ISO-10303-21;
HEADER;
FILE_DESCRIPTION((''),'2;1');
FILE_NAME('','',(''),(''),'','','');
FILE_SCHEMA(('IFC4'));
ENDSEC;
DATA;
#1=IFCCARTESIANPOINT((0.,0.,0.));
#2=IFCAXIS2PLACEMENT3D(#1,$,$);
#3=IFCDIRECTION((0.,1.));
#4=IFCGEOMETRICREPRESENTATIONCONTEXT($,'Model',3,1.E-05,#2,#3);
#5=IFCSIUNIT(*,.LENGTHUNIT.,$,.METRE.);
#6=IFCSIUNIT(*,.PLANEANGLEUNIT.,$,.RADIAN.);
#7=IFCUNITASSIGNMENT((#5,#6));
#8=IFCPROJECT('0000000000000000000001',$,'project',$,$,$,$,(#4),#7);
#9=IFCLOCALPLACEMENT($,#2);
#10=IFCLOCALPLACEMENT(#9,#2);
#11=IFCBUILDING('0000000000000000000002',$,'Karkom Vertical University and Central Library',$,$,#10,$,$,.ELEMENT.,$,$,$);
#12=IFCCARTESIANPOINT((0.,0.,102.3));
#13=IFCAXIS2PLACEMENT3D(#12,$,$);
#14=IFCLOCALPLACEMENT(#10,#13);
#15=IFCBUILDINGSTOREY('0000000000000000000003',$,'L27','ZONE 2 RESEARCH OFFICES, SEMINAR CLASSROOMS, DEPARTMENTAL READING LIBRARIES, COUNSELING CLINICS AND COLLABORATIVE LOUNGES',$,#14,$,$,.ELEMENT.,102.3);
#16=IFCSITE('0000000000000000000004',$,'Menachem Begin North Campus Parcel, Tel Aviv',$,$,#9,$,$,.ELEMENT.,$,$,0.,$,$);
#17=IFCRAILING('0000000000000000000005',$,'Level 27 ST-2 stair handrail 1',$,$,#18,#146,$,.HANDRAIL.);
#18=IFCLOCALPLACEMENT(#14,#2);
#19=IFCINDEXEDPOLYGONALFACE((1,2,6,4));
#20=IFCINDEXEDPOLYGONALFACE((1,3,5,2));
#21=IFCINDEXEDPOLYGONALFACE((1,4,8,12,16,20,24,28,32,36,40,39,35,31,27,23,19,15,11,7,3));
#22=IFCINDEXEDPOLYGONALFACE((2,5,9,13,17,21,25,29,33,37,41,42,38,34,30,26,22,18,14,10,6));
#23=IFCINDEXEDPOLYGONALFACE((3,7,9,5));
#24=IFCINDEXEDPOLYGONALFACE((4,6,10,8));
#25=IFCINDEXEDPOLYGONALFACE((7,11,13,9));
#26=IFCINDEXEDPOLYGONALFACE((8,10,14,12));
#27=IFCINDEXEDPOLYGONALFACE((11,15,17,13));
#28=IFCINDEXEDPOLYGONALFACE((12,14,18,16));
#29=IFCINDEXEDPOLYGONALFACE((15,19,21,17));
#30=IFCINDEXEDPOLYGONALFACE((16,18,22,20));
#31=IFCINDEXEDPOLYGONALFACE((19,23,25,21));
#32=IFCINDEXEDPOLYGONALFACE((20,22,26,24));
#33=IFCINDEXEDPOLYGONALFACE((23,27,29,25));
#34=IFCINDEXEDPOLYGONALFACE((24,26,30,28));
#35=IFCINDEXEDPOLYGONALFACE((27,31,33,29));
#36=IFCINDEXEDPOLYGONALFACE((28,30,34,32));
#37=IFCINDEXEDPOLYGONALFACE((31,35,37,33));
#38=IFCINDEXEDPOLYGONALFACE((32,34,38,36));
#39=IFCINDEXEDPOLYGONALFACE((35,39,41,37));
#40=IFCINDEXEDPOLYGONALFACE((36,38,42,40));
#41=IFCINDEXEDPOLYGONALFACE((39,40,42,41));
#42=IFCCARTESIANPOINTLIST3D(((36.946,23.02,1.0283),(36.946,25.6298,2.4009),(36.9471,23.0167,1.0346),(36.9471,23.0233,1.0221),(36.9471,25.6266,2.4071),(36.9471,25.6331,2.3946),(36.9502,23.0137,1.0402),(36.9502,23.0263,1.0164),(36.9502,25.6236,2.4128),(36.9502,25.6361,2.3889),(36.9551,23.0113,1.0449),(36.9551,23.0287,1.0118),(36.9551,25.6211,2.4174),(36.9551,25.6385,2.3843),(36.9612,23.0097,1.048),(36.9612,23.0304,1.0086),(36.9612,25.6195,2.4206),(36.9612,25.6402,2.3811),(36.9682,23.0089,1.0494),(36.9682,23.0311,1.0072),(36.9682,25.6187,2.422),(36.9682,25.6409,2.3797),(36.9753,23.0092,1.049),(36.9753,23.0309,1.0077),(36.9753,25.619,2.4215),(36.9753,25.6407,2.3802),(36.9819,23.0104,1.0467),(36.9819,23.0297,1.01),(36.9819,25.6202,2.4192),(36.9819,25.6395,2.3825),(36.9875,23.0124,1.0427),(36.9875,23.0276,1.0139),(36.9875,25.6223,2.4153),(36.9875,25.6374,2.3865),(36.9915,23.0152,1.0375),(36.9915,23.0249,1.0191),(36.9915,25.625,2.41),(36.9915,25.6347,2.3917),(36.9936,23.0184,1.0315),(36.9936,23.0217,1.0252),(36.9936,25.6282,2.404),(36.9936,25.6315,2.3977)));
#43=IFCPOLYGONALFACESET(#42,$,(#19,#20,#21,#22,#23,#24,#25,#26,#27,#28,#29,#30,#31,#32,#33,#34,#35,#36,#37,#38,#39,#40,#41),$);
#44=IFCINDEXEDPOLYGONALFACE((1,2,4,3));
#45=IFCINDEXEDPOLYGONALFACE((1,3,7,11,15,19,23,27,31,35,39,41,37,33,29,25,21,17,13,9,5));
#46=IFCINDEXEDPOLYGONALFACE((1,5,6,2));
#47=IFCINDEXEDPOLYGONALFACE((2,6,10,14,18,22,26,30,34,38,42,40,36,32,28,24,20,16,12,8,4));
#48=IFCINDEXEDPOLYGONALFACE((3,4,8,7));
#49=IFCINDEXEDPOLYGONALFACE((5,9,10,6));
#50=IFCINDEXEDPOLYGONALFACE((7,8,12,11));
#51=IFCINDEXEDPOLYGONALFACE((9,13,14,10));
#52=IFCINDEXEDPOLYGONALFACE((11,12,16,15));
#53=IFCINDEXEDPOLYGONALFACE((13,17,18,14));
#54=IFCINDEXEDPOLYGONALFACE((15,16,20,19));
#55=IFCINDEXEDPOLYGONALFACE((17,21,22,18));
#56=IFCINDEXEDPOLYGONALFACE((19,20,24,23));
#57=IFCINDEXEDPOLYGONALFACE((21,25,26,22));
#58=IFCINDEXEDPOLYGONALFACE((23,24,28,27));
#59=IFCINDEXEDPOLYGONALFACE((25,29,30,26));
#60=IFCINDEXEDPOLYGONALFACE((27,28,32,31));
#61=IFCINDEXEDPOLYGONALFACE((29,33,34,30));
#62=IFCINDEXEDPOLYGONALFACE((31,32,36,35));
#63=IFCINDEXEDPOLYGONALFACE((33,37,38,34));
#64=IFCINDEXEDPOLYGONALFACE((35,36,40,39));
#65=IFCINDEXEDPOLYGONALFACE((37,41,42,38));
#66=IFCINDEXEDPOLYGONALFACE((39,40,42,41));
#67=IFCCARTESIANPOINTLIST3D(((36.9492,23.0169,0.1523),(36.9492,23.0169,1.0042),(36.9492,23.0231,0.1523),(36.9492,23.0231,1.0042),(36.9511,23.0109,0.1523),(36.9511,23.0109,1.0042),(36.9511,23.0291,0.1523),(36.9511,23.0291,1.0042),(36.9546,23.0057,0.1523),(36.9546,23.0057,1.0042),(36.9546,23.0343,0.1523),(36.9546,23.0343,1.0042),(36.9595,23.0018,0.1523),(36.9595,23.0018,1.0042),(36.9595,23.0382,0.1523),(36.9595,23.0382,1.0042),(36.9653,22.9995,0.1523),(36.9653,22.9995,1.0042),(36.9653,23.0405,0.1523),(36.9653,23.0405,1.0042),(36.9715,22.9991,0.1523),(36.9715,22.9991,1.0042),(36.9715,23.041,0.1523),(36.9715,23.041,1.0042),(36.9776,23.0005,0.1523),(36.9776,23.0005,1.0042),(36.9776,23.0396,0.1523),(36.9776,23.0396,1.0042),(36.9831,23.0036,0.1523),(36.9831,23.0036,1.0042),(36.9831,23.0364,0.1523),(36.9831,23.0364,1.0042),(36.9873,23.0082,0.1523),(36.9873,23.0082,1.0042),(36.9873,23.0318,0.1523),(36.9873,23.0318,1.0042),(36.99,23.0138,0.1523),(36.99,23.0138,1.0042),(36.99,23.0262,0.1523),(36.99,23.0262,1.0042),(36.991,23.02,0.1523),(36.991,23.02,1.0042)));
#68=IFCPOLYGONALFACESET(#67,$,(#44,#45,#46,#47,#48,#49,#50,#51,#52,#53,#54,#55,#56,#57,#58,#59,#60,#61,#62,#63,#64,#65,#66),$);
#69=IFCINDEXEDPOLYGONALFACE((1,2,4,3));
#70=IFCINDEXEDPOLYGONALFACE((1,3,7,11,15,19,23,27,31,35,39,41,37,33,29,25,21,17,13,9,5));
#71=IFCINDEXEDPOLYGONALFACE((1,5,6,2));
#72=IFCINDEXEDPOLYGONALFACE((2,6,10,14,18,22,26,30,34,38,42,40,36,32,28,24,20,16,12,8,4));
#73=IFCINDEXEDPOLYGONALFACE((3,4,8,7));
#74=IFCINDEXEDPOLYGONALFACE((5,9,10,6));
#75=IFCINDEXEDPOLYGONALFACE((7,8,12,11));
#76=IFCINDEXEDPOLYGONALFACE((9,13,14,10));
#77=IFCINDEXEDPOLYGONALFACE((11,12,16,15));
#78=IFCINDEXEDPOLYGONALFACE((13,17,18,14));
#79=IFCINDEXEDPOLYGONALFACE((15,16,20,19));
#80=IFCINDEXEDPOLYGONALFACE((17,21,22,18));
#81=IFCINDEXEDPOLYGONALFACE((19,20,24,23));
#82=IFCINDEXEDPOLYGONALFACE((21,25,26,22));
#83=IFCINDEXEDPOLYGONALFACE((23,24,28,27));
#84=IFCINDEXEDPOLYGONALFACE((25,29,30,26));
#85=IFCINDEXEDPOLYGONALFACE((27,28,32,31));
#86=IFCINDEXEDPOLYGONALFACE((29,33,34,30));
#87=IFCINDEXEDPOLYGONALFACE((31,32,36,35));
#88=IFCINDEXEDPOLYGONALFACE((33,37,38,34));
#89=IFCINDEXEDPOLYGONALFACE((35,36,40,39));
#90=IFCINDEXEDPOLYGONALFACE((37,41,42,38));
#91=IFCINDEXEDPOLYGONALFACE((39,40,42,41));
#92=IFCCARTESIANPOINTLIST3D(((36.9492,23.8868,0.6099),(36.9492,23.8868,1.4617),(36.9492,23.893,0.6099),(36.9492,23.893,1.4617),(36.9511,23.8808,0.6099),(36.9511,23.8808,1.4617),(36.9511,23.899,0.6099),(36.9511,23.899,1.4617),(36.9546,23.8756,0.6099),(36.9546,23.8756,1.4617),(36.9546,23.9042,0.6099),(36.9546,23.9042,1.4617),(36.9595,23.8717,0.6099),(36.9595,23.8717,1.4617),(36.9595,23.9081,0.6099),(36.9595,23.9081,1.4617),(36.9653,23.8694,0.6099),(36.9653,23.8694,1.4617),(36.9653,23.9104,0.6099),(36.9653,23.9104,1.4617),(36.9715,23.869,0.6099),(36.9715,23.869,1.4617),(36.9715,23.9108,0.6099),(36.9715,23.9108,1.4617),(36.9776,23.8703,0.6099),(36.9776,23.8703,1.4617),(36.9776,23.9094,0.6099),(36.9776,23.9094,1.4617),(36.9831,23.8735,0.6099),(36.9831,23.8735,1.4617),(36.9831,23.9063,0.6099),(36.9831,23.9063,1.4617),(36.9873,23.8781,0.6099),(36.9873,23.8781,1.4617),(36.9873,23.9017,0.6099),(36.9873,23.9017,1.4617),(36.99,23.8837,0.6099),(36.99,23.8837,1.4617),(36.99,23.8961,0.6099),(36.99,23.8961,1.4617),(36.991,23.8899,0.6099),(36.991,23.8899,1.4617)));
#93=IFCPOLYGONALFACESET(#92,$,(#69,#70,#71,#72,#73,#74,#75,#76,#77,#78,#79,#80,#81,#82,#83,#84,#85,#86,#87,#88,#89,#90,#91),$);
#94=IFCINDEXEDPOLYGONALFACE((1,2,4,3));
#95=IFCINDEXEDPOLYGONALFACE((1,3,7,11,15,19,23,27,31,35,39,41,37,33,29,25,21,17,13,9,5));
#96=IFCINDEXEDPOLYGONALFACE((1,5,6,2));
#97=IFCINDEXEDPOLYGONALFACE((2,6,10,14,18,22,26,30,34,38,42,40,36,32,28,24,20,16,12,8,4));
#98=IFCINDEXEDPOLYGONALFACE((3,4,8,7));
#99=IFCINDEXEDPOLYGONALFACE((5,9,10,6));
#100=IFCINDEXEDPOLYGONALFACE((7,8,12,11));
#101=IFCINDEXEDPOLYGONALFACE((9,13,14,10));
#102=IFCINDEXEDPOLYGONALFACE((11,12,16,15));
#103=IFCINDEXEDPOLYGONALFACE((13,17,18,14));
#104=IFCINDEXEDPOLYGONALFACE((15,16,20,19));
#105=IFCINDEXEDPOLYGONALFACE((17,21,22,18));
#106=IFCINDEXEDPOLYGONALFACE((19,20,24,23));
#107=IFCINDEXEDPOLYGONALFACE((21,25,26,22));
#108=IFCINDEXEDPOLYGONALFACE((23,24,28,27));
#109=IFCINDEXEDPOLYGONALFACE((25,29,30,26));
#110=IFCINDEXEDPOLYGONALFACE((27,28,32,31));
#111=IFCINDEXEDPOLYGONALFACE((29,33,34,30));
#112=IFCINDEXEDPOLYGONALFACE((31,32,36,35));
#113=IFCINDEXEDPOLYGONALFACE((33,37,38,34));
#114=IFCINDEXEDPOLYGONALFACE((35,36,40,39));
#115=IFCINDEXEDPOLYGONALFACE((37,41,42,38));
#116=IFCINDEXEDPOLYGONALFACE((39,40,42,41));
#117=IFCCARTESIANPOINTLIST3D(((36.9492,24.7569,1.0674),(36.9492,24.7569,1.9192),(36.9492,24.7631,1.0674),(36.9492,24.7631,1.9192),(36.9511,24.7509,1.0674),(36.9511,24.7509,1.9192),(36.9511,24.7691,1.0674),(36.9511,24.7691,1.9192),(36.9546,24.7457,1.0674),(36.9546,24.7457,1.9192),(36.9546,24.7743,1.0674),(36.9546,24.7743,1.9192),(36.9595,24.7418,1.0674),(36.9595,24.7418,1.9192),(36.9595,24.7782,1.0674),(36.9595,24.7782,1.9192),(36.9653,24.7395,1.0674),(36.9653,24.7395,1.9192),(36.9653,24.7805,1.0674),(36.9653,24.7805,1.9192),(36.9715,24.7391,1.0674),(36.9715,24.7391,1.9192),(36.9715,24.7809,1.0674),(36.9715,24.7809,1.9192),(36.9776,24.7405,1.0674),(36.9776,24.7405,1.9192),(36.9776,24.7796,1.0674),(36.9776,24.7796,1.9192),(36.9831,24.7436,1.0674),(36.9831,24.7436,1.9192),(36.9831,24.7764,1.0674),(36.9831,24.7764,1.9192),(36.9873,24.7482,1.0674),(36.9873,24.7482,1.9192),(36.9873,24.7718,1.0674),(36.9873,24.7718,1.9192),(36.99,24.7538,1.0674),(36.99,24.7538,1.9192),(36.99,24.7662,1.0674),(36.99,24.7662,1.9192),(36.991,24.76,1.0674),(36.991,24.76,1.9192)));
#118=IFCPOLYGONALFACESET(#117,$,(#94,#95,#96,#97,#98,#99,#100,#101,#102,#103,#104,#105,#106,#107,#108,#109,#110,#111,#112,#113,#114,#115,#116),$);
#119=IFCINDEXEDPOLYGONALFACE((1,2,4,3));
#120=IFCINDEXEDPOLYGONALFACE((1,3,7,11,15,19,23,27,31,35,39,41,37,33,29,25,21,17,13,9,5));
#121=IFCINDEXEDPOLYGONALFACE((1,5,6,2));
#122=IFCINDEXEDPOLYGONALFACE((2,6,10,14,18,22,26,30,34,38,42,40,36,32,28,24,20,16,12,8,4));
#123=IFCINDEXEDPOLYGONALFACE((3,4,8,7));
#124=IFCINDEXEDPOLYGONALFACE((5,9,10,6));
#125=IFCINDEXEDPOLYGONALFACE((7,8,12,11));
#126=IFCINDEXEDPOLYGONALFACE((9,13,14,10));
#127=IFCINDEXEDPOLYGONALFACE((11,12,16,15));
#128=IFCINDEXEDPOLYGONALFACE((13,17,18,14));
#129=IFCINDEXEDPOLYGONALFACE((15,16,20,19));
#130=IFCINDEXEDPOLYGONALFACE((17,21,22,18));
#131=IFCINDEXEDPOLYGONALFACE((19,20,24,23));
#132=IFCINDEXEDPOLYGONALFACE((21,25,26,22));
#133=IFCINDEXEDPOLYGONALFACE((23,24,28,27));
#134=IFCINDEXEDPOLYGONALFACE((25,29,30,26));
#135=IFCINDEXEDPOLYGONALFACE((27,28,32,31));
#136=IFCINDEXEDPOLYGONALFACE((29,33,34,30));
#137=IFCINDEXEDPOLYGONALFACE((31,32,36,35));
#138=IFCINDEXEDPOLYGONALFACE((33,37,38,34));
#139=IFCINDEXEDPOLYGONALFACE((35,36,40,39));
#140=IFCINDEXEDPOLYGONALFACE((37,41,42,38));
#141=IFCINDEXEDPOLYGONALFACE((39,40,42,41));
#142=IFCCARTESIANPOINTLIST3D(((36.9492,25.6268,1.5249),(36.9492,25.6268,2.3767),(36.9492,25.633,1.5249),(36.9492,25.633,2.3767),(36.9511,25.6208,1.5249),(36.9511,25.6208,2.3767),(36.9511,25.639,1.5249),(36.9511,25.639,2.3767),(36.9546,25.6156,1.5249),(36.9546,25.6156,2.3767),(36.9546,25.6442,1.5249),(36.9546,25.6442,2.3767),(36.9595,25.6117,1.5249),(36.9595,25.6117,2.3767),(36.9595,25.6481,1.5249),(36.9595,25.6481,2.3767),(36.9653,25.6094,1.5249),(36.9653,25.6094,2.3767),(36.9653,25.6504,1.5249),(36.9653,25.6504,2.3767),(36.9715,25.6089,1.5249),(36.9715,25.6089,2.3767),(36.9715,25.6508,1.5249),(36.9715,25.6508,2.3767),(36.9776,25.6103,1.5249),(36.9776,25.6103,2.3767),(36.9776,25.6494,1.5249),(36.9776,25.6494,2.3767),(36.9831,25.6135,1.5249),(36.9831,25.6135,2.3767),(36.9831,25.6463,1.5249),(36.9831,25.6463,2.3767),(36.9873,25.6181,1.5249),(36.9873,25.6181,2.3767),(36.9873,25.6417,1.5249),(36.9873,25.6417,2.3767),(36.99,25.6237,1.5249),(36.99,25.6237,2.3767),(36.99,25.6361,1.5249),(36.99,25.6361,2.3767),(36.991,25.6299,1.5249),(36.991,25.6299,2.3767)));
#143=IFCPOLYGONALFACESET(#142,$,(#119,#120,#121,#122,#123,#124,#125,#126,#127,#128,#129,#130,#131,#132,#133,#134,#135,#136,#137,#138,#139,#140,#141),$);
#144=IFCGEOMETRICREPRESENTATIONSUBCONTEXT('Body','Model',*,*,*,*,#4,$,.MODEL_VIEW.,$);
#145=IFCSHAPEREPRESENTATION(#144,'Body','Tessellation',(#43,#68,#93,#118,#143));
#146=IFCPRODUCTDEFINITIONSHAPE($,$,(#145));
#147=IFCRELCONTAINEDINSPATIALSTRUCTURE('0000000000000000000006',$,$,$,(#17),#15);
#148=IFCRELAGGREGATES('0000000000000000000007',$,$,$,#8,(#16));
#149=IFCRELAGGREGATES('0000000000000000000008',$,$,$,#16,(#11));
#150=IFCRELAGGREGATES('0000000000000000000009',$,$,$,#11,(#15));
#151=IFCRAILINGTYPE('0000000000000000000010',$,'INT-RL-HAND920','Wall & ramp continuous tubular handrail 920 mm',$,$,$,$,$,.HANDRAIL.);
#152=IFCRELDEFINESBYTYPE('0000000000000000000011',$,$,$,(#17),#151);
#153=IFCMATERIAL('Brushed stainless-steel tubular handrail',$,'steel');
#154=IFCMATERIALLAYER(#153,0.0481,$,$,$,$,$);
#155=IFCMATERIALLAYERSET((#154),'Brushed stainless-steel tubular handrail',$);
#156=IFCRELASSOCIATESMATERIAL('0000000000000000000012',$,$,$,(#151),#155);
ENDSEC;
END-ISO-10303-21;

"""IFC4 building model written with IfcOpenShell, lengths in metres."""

from ifc_helpers import new_model, si_unit, direction, frame, origin, origin_2d, place, context, subcontext, project, spatial, circle, extrude, material, layer, layer_set, type_object, element, save


model = new_model("IFC4")

# Units and contexts
model_context = context("Model", 3, precision=1e-05, world=origin(), true_north=direction((0.0, 1.0)))
body_context = subcontext(model_context, "Body", "Model", "MODEL_VIEW")
ifc_project = project(units=[si_unit("LENGTHUNIT", "METRE"), si_unit("PLANEANGLEUNIT", "RADIAN")], contexts=[model_context])

# Site, building, storey
site_placement = place(None, origin())
site = spatial("IfcSite", under=ifc_project, at=site_placement, Name="Menachem Begin North Campus Parcel, Tel Aviv", CompositionType="ELEMENT", RefElevation=0.0)
building_placement = place(site_placement, origin())
building = spatial("IfcBuilding", under=site, at=building_placement, Name="Karkom Vertical University and Central Library", CompositionType="ELEMENT")
storey_placement = place(building_placement, frame((0.0, 0.0, 102.3)))
storey = spatial("IfcBuildingStorey", under=building, at=storey_placement, Name="L27", Description="ZONE 2 RESEARCH OFFICES, SEMINAR CLASSROOMS, DEPARTMENTAL READING LIBRARIES, COUNSELING CLINICS AND COLLABORATIVE LOUNGES", CompositionType="ELEMENT", Elevation=102.3)

# Railing
ifc_material_1 = material(Name="Brushed stainless-steel tubular handrail", Category="steel")
ifc_layer_1 = layer(ifc_material_1, 0.0481)
ifc_layer_set_1 = layer_set([ifc_layer_1], Name="Brushed stainless-steel tubular handrail")
railing_type_1 = type_object("IfcRailingType", Name="INT-RL-HAND920", Description="Wall & ramp continuous tubular handrail 920 mm", PredefinedType="HANDRAIL", material=ifc_layer_set_1)
railing_1_placement = place(storey_placement, frame((36.97, 23.02, 0.1523)))
element("IfcRailing", 1, at=railing_1_placement, inside=storey, type_object=railing_type_1, Name="Level 27 ST-2 stair handrail 1", PredefinedType="HANDRAIL", context=body_context, shape_type="SweptSolid", body=[
    extrude(circle(Radius=0.0239, at=origin_2d()), frame((0.0, 0.0, 0.876), z_axis=(0.0, 0.885065, 0.465467), x_axis=(-1.0, 0.0, 0.0)), (0.0, 0.0, 1.0), 2.9487),
    extrude(circle(Radius=0.021, at=origin_2d()), origin(), (0.0, 0.0, 1.0), 0.8518),
    extrude(circle(Radius=0.021, at=origin_2d()), frame((0.0, 0.8699, 0.4575)), (0.0, 0.0, 1.0), 0.8518),
    extrude(circle(Radius=0.021, at=origin_2d()), frame((0.0, 1.74, 0.915)), (0.0, 0.0, 1.0), 0.8518),
    extrude(circle(Radius=0.021, at=origin_2d()), frame((0.0, 2.6099, 1.3726)), (0.0, 0.0, 1.0), 0.8518),
])

save(model, "model.ifc")
